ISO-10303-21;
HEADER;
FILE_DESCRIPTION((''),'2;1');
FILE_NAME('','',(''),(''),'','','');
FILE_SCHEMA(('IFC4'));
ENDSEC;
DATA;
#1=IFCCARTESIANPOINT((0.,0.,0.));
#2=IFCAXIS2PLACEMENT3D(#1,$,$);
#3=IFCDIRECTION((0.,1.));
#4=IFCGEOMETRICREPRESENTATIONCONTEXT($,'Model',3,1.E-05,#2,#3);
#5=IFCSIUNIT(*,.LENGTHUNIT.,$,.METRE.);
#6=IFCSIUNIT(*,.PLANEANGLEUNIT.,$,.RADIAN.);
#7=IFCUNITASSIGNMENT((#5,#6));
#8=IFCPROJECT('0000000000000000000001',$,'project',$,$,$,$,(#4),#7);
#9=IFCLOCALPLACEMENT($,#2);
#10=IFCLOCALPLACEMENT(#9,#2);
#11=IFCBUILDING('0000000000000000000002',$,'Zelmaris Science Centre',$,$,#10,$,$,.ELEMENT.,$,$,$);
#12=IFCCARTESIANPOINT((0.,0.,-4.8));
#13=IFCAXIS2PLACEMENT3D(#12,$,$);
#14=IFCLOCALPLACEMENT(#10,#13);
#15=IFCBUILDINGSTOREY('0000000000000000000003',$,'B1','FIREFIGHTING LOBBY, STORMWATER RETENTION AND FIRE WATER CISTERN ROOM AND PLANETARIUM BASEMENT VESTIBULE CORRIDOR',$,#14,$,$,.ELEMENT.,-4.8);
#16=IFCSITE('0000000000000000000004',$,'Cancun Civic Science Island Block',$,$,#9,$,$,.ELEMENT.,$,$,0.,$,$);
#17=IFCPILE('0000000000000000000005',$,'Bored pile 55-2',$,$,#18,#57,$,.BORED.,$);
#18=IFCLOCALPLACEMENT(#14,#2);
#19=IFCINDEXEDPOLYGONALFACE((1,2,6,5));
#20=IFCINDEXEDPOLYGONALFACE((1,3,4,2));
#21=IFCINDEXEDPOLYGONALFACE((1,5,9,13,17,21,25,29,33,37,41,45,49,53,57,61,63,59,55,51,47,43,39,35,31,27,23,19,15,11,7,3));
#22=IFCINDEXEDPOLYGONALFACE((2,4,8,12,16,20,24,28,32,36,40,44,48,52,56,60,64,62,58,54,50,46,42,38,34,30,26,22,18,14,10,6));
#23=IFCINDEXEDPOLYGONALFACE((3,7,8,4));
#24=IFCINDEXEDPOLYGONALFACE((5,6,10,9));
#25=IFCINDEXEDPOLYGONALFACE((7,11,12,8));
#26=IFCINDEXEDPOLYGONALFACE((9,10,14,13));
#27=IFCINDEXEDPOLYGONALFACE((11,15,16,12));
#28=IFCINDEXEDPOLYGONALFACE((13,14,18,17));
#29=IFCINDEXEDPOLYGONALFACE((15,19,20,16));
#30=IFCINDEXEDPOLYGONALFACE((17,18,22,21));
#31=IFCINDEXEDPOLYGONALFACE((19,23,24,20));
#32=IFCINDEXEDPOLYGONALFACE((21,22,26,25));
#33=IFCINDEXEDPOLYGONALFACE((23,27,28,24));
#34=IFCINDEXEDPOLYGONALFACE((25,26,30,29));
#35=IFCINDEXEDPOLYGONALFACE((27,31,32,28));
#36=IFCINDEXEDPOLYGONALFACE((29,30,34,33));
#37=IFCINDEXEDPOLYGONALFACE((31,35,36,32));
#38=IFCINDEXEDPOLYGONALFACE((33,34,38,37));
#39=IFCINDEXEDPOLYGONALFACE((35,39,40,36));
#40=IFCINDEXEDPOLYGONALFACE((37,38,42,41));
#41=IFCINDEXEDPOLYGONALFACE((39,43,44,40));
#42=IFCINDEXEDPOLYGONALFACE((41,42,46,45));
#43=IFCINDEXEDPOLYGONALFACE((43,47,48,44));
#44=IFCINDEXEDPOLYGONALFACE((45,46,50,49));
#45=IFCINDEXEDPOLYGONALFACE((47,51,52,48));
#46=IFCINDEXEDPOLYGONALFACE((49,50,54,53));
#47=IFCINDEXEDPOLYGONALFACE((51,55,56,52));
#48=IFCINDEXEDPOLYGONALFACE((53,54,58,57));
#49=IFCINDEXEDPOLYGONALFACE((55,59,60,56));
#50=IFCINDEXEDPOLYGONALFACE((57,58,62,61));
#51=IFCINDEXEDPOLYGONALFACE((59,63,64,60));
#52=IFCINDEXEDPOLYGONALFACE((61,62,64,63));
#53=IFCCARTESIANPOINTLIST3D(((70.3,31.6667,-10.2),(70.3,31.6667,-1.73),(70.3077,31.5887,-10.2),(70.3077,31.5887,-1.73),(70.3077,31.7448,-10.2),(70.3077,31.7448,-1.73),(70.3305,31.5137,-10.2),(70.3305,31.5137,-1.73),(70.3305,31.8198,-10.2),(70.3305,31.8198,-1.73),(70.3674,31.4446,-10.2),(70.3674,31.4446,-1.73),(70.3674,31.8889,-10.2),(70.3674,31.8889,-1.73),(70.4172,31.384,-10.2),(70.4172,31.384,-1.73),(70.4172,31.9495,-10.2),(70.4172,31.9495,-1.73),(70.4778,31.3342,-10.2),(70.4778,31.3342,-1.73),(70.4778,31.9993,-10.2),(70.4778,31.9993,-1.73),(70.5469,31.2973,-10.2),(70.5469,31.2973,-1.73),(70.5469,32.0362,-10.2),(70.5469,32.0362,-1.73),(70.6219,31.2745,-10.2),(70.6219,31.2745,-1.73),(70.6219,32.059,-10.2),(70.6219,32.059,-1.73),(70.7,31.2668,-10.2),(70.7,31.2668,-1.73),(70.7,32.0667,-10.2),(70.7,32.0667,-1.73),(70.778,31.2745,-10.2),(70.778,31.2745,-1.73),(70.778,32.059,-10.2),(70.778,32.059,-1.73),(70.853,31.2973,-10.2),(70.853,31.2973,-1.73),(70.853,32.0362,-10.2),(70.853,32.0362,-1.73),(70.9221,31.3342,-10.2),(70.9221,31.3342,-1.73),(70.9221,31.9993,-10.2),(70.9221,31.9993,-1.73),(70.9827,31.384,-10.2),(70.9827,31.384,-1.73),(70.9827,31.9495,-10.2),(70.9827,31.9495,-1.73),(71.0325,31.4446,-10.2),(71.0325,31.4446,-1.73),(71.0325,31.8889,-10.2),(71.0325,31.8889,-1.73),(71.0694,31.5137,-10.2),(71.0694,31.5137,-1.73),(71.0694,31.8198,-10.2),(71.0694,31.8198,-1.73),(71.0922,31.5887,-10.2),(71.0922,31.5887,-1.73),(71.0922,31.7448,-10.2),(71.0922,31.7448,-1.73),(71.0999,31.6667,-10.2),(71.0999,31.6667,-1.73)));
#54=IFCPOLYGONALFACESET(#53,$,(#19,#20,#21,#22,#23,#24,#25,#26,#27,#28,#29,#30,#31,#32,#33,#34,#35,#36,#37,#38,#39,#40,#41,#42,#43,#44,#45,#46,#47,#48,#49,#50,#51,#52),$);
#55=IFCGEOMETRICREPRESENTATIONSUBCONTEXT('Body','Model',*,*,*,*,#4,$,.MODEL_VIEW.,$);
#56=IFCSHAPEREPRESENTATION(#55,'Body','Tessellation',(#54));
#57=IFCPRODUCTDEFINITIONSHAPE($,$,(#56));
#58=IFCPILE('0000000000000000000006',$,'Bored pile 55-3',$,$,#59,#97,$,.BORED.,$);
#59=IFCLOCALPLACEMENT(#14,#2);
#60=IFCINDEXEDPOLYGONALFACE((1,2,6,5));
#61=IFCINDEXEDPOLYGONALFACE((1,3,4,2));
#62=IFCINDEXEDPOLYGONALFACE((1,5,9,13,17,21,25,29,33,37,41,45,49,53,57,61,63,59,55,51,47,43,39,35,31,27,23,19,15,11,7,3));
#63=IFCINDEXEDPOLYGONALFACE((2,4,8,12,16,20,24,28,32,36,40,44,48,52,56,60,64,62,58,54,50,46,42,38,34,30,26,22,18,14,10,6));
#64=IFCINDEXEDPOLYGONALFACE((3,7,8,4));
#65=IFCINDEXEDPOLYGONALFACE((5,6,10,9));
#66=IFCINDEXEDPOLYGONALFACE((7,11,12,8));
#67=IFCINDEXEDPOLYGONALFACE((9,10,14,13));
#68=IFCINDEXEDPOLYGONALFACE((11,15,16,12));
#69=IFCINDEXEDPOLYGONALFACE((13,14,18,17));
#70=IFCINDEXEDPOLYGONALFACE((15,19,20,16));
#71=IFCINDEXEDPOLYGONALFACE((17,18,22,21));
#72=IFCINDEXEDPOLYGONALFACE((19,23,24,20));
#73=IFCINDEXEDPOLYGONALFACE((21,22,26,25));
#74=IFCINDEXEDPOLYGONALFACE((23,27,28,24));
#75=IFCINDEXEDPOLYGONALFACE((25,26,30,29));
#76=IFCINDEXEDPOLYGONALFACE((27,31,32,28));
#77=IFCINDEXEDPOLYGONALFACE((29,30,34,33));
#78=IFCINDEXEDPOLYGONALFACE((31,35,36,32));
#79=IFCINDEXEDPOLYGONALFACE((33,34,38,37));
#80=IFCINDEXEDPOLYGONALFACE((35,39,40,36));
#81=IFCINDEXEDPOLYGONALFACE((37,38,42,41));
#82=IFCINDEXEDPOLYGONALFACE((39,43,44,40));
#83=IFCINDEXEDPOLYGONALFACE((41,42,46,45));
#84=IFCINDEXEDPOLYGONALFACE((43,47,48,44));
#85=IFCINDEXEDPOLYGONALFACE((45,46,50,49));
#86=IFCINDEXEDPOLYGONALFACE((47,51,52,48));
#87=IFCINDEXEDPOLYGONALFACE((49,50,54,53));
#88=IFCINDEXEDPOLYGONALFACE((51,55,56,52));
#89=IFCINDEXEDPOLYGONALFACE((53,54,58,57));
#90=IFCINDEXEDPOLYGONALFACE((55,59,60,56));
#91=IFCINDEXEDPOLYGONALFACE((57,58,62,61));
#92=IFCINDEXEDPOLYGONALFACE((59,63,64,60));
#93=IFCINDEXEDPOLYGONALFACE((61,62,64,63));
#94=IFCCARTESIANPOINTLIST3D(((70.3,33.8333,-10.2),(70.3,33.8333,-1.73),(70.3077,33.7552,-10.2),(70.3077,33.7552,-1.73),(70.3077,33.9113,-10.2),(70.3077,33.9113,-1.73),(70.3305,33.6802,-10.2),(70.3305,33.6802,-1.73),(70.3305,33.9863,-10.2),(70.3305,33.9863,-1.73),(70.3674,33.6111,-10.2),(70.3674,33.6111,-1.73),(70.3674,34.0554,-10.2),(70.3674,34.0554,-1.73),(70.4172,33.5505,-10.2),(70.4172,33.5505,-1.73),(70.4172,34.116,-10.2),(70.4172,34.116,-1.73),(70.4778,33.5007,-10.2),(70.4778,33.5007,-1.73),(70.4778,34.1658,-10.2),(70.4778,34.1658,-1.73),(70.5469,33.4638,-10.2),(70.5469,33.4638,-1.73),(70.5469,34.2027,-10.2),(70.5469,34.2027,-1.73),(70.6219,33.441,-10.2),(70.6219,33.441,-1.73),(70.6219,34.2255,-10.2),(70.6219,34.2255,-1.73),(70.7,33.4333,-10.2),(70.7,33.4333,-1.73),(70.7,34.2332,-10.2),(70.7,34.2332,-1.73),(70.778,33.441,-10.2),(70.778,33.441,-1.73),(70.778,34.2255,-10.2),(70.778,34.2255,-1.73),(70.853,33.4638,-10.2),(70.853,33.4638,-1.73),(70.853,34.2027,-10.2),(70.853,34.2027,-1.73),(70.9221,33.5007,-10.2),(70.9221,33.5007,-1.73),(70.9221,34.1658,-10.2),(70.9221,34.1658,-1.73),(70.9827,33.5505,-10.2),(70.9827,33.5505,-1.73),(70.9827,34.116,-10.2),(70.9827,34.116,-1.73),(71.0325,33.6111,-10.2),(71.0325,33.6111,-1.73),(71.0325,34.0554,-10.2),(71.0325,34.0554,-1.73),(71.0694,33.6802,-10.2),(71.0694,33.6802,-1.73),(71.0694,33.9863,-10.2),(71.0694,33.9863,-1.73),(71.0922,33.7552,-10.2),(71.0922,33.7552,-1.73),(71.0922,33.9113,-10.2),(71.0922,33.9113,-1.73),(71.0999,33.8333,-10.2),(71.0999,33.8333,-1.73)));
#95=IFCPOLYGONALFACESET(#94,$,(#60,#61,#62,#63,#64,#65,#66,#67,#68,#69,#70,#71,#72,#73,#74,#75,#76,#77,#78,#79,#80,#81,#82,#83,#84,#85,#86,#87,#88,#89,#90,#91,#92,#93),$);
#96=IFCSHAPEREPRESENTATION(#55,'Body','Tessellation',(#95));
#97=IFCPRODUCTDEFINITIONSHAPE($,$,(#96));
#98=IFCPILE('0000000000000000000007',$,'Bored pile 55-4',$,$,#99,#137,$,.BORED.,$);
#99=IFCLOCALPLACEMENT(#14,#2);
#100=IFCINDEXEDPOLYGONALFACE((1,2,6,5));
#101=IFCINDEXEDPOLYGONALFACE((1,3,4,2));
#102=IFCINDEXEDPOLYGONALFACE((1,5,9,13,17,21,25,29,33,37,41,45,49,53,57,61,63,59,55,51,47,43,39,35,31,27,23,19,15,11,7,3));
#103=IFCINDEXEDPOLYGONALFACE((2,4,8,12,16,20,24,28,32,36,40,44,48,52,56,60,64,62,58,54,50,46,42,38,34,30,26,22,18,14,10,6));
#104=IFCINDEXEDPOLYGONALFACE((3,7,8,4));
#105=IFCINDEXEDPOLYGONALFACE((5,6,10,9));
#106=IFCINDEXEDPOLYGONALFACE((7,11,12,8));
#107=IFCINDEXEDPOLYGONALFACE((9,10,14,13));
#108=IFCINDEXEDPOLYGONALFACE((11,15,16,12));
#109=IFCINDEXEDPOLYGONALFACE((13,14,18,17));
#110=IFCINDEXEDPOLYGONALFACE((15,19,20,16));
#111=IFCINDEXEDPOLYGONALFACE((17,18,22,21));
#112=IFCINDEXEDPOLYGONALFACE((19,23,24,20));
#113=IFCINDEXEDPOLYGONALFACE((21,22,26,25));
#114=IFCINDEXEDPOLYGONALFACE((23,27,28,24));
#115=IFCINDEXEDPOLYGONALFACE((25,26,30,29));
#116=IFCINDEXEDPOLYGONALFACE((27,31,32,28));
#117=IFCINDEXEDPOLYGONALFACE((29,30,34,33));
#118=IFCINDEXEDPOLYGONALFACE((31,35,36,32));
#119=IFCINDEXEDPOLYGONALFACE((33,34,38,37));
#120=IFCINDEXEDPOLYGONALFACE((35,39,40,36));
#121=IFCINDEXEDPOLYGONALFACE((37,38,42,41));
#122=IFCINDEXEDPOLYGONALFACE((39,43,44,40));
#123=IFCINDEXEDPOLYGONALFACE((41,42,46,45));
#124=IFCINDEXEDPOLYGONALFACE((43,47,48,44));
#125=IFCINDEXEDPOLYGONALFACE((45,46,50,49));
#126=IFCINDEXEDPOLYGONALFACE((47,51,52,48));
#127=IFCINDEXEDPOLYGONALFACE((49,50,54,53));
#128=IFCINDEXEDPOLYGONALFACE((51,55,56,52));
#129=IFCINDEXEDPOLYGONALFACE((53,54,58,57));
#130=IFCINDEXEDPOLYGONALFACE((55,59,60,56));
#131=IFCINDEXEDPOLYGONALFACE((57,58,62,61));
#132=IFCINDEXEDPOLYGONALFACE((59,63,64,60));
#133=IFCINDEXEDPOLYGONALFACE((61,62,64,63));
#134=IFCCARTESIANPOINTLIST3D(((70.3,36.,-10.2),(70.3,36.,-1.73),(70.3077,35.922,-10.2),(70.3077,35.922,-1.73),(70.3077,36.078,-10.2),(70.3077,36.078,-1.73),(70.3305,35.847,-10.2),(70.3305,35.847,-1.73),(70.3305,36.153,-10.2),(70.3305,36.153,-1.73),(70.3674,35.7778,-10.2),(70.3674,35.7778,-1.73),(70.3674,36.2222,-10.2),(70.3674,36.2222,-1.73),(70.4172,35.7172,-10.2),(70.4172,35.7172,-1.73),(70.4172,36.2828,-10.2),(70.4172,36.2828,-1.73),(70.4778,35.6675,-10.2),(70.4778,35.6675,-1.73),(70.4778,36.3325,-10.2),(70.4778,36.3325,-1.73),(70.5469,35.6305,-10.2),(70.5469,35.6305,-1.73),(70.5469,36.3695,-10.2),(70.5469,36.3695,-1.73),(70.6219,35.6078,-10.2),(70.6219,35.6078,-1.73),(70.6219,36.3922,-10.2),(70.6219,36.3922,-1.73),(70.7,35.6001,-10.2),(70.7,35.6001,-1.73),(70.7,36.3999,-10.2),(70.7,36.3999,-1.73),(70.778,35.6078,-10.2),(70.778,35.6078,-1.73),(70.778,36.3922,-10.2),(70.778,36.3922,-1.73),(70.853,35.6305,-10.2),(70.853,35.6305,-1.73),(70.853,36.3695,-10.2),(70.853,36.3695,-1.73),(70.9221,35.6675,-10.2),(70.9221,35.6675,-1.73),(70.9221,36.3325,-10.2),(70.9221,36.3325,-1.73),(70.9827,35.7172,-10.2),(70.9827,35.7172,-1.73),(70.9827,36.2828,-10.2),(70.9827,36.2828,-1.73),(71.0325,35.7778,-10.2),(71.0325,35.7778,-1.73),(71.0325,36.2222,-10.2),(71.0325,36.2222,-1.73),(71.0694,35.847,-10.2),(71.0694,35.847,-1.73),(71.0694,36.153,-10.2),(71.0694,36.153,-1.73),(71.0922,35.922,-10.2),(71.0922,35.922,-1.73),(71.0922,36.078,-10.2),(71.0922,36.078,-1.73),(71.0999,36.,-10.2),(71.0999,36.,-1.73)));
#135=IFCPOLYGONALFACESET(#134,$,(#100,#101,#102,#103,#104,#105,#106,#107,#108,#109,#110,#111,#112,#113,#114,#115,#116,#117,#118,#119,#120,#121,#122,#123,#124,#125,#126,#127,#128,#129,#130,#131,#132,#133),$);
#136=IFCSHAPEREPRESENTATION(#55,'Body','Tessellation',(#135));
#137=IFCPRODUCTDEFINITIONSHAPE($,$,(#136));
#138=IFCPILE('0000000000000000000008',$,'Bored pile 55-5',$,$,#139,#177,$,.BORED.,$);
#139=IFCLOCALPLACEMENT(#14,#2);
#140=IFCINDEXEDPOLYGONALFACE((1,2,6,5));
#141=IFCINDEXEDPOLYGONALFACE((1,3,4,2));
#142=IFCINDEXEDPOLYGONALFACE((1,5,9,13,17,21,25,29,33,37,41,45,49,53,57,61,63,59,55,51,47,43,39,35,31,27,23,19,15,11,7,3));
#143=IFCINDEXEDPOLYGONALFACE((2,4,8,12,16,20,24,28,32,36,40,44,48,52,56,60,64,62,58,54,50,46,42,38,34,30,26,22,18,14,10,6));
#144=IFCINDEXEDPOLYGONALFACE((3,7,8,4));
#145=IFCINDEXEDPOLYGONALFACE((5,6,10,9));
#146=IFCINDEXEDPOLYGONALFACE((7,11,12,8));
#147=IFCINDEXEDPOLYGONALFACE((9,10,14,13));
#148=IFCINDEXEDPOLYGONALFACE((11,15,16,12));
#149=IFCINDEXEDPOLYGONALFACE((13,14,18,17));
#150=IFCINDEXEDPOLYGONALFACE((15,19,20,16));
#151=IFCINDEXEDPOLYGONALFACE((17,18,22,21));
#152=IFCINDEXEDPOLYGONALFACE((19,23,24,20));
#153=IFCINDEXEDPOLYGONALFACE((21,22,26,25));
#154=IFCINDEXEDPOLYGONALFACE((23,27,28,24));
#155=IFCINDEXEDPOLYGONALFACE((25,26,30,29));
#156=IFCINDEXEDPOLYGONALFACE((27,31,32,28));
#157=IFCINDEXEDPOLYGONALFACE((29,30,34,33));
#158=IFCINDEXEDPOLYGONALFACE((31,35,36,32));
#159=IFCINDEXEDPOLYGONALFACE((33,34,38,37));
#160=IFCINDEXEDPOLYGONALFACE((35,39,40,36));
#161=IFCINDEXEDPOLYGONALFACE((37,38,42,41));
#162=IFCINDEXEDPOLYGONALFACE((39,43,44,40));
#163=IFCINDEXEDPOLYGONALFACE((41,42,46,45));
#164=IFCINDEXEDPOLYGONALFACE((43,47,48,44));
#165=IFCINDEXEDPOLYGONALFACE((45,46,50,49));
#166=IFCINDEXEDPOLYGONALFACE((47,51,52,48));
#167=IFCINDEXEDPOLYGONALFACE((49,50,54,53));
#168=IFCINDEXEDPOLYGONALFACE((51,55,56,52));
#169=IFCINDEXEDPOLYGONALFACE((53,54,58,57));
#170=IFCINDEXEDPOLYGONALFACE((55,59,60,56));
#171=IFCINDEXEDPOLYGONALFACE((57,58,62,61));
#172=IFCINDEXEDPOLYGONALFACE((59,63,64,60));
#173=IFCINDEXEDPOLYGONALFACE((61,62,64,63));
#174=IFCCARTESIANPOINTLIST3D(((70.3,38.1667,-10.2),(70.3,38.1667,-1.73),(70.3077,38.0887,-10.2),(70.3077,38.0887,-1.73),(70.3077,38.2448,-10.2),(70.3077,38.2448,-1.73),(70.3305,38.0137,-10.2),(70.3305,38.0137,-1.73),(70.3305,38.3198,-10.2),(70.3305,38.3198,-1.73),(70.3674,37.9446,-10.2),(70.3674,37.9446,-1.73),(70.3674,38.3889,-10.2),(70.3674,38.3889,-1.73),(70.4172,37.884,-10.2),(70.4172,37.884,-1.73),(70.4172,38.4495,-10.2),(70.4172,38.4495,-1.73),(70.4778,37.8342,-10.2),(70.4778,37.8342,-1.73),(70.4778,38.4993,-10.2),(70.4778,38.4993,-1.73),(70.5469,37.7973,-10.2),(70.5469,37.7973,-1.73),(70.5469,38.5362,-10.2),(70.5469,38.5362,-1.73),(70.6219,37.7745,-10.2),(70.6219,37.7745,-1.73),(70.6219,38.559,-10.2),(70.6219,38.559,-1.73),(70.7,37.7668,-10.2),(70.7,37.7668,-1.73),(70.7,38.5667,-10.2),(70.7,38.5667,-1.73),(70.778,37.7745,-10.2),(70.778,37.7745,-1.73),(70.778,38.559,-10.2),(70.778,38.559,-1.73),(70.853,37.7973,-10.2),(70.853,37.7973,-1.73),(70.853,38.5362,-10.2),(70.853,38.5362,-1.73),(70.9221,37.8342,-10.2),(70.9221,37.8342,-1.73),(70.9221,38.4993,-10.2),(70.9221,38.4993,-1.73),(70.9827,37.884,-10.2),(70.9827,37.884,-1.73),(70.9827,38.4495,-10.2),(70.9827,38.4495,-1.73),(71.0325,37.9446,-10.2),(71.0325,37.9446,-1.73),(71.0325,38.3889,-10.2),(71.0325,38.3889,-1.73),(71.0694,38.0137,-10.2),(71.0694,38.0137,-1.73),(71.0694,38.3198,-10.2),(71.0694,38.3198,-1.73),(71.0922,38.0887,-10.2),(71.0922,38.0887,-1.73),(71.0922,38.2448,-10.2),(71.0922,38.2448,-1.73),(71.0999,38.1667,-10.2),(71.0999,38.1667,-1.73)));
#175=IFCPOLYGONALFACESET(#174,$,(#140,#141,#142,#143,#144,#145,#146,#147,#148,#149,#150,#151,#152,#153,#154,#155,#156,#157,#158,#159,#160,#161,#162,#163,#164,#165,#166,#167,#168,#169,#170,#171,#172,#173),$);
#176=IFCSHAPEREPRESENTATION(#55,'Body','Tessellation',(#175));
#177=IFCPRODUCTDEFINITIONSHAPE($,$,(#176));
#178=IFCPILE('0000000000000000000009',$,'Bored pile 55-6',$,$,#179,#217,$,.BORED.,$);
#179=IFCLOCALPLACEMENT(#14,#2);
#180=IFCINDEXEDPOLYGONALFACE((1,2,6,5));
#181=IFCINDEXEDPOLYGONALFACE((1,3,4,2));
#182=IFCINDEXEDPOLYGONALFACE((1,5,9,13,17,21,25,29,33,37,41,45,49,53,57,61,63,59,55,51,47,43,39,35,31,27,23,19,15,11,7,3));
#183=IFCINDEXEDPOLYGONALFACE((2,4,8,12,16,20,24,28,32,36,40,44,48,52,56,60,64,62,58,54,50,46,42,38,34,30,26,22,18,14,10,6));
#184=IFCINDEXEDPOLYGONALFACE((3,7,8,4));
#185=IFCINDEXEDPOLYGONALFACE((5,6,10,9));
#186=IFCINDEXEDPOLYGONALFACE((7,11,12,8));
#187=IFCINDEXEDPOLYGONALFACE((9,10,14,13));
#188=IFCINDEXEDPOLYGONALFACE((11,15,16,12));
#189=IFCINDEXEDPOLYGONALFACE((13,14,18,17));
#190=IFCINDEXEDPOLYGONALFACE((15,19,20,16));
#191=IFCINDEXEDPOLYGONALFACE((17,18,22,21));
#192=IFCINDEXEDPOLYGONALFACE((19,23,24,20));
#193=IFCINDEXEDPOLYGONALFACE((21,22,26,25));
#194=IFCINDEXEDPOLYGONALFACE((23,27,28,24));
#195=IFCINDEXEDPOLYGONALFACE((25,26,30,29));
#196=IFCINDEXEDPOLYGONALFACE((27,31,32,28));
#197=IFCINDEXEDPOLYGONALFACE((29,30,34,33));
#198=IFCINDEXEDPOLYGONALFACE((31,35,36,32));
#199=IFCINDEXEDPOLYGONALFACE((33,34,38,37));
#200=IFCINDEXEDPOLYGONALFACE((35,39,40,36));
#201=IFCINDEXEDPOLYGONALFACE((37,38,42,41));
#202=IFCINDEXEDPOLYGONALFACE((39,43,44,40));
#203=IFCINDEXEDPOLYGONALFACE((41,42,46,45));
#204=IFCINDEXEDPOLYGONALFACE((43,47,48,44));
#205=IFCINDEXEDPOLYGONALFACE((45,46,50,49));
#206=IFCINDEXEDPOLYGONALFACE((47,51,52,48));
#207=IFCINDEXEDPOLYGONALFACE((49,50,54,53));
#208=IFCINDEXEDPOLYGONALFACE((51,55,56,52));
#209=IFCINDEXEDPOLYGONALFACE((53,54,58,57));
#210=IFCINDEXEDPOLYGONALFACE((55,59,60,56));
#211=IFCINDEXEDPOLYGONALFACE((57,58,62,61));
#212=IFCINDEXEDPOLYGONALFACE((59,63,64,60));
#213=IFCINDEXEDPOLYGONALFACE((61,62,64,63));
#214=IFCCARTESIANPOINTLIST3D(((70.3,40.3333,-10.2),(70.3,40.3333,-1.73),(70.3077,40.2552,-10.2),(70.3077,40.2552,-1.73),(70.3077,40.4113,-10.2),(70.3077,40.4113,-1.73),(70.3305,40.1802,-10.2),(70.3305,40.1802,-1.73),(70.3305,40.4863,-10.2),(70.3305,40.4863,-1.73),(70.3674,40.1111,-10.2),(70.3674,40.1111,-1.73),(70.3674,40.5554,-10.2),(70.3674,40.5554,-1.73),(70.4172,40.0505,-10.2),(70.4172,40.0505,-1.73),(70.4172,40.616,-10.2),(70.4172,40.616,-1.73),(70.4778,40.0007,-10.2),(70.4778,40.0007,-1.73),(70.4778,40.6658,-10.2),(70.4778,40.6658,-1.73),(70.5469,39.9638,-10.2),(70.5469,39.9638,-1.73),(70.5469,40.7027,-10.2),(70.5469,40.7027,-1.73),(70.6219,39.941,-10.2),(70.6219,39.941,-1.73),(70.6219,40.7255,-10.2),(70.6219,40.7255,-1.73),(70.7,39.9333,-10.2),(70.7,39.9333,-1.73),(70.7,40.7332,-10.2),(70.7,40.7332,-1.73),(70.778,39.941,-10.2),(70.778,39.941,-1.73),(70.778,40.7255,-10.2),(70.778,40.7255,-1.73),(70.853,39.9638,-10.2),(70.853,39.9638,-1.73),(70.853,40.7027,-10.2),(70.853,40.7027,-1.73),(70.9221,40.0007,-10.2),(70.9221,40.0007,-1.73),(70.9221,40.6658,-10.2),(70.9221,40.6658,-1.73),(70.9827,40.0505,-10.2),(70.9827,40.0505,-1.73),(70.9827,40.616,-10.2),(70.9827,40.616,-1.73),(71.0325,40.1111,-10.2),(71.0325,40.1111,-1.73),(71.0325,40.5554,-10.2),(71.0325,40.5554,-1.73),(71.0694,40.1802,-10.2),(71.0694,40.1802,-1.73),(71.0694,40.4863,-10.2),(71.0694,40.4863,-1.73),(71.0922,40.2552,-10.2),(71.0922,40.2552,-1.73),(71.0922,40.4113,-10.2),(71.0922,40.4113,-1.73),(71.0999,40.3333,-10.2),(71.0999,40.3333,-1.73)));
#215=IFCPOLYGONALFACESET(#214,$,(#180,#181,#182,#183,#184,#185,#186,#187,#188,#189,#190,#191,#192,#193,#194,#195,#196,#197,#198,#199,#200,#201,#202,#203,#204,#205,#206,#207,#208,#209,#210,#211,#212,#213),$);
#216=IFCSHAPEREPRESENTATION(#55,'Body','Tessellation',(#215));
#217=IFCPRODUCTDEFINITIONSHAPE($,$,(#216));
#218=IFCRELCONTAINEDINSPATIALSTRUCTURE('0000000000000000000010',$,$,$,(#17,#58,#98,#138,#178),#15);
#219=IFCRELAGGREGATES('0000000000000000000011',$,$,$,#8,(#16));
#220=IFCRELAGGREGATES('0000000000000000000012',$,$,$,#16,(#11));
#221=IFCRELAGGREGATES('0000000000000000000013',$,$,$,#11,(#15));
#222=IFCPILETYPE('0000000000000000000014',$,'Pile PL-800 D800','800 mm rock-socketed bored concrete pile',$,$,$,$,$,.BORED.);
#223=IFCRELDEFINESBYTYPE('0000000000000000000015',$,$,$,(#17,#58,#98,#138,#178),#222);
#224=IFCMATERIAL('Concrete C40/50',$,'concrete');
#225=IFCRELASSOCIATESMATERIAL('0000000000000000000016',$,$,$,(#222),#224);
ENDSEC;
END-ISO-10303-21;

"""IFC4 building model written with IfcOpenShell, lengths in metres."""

from ifc_helpers import new_model, si_unit, direction, frame, origin, origin_2d, place, context, subcontext, project, spatial, circle, extrude, material, material_profile, profile_set, type_object, element, save


model = new_model("IFC4")

# Units and contexts
model_context = context("Model", 3, precision=1e-05, world=origin(), true_north=direction((0.0, 1.0)))
body_context = subcontext(model_context, "Body", "Model", "MODEL_VIEW")
ifc_project = project(units=[si_unit("LENGTHUNIT", "METRE"), si_unit("PLANEANGLEUNIT", "RADIAN")], contexts=[model_context])

# Site, building, storey
site_placement = place(None, origin())
site = spatial("IfcSite", under=ifc_project, at=site_placement, Name="Cancun Civic Science Island Block", CompositionType="ELEMENT", RefElevation=0.0)
building_placement = place(site_placement, origin())
building = spatial("IfcBuilding", under=site, at=building_placement, Name="Zelmaris Science Centre", CompositionType="ELEMENT")
storey_placement = place(building_placement, frame((0.0, 0.0, -4.8)))
storey = spatial("IfcBuildingStorey", under=building, at=storey_placement, Name="B1", Description="FIREFIGHTING LOBBY, STORMWATER RETENTION AND FIRE WATER CISTERN ROOM AND PLANETARIUM BASEMENT VESTIBULE CORRIDOR", CompositionType="ELEMENT", Elevation=-4.8)

# Piles
ifc_material_1 = material(Name="Concrete C40/50", Category="concrete")
ifc_material_profile = material_profile(ifc_material_1, circle(Radius=0.3999, at=origin_2d()), Name="PILE-800")
ifc_profile_set = profile_set([ifc_material_profile], Name="Concrete C40/50")
pile_type = type_object("IfcPileType", Name="Pile PL-800 D800", Description="800 mm rock-socketed bored concrete pile", PredefinedType="BORED", material=ifc_profile_set)
for number, where, z_axis, x_axis, name in (
    (1, (70.7, 31.6667, -1.73), (0.0, 0.0, -1.0), (1.0, 0.0, 0.0), "Bored pile 55-2"),
    (2, (70.7, 33.8333, -1.73), (0.0, 0.0, -1.0), (1.0, 0.0, 0.0), "Bored pile 55-3"),
    (3, (70.7, 36.0, -1.73), (0.0, 0.0, -1.0), (1.0, 0.0, 0.0), "Bored pile 55-4"),
    (4, (70.7, 38.1667, -1.73), (0.0, 0.0, -1.0), (1.0, 0.0, 0.0), "Bored pile 55-5"),
    (5, (70.7, 40.3333, -1.73), (0.0, 0.0, -1.0), (1.0, 0.0, 0.0), "Bored pile 55-6"),
):
    element("IfcPile", number, at=place(storey_placement, frame(where, z_axis=z_axis, x_axis=x_axis)), inside=storey, type_object=pile_type, Name=name, PredefinedType="BORED", context=body_context, shape_type="SweptSolid", body=[
        extrude(circle(Radius=0.3999, at=origin_2d()), origin(), (0.0, 0.0, 1.0), 8.47),
    ])

save(model, "model.ifc")
